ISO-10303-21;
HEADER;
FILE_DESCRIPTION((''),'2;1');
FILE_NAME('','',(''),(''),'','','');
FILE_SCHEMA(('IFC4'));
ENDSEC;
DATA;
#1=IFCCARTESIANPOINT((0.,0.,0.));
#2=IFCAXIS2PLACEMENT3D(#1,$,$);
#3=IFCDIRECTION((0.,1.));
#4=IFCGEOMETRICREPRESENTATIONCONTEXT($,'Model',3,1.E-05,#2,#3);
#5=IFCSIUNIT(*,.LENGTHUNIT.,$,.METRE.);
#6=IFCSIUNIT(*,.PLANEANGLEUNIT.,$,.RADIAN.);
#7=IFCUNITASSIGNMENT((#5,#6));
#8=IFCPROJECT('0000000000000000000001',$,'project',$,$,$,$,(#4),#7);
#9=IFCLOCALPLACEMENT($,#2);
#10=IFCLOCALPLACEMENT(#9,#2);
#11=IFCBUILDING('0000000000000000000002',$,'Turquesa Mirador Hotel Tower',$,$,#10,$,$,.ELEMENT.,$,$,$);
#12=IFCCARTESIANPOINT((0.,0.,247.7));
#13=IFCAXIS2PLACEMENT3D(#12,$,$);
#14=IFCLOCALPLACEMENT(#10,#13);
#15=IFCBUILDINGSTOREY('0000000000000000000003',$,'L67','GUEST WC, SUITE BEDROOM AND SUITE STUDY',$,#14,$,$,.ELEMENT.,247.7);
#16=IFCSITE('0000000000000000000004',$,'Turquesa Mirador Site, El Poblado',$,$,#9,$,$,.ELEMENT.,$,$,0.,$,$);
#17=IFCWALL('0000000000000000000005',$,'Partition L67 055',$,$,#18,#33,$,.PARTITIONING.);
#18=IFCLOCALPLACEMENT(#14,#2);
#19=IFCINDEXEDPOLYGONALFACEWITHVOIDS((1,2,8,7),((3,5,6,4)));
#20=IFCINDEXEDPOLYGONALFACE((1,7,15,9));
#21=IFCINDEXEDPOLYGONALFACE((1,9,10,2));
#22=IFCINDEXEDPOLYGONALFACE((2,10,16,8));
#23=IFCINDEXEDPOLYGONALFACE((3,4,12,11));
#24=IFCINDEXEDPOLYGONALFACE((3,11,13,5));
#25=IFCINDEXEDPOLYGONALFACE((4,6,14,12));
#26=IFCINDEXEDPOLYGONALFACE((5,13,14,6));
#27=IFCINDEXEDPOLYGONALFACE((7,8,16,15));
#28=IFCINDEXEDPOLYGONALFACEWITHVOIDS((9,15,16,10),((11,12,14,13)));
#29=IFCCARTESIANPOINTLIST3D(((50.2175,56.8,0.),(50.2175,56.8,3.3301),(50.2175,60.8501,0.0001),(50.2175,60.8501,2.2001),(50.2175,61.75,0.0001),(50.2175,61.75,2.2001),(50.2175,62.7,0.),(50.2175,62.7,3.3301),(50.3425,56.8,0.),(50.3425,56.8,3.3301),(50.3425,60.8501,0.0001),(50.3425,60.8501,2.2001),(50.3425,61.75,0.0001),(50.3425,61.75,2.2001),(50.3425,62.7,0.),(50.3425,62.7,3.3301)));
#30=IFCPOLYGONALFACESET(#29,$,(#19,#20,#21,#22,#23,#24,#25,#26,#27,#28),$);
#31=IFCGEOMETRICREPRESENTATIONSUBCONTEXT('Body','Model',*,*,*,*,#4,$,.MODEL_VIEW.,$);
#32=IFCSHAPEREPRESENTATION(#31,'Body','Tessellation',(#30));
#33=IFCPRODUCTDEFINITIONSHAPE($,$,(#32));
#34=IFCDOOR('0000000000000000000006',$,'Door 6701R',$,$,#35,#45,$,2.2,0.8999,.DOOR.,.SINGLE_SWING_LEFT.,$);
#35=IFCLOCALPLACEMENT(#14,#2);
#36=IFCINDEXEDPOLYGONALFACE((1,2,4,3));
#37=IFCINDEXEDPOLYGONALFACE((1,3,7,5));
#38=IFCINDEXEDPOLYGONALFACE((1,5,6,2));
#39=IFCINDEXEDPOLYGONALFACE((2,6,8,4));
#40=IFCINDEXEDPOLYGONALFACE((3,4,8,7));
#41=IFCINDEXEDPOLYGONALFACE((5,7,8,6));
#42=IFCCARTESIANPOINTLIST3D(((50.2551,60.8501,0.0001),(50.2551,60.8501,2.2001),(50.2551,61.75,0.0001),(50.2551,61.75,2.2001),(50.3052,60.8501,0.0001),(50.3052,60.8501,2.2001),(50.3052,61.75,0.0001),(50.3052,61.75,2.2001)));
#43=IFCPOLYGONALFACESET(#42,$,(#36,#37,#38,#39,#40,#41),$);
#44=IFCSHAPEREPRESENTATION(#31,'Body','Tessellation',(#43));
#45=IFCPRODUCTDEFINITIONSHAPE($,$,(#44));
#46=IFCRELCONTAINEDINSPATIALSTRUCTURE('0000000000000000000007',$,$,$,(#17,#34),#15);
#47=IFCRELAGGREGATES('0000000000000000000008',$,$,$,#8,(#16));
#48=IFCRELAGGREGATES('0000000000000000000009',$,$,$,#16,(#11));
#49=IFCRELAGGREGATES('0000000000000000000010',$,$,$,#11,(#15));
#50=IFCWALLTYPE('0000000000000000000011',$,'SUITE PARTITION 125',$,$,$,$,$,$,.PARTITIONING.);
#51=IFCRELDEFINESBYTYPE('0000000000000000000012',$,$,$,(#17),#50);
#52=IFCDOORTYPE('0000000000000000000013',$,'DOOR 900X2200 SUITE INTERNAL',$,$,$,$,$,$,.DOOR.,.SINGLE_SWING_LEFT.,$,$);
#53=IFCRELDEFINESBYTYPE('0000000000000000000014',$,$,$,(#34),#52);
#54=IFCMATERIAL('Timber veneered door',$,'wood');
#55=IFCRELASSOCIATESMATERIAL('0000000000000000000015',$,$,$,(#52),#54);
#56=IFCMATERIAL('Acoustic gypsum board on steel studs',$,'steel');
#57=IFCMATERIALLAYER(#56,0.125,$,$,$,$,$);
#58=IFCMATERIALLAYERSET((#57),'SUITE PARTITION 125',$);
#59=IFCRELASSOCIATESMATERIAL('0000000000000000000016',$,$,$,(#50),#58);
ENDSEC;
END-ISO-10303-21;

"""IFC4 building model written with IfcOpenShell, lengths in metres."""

from ifc_helpers import new_model, si_unit, direction, frame, frame_2d, origin, place, context, subcontext, project, spatial, rectangle, extrude, material, layer, layer_set, type_object, element, fill, save


model = new_model("IFC4")

# Units and contexts
model_context = context("Model", 3, precision=1e-05, world=origin(), true_north=direction((0.0, 1.0)))
body_context = subcontext(model_context, "Body", "Model", "MODEL_VIEW")
ifc_project = project(units=[si_unit("LENGTHUNIT", "METRE"), si_unit("PLANEANGLEUNIT", "RADIAN")], contexts=[model_context])

# Site, building, storey
site_placement = place(None, origin())
site = spatial("IfcSite", under=ifc_project, at=site_placement, Name="Turquesa Mirador Site, El Poblado", CompositionType="ELEMENT", RefElevation=0.0)
building_placement = place(site_placement, origin())
building = spatial("IfcBuilding", under=site, at=building_placement, Name="Turquesa Mirador Hotel Tower", CompositionType="ELEMENT")
storey_placement = place(building_placement, frame((0.0, 0.0, 247.7)))
storey = spatial("IfcBuildingStorey", under=building, at=storey_placement, Name="L67", Description="GUEST WC, SUITE BEDROOM AND SUITE STUDY", CompositionType="ELEMENT", Elevation=247.7)

# Shared definitions
ifc_material_1 = material(Name="Timber veneered door", Category="wood")
door_type_1 = type_object("IfcDoorType", Name="DOOR 900X2200 SUITE INTERNAL", OperationType="SINGLE_SWING_LEFT", PredefinedType="DOOR", material=ifc_material_1)

# Wall, opening, door
ifc_material_2 = material(Name="Acoustic gypsum board on steel studs", Category="steel")
ifc_layer_1 = layer(ifc_material_2, 0.125)
ifc_layer_set_1 = layer_set([ifc_layer_1], Name="SUITE PARTITION 125")
wall_type_1 = type_object("IfcWallType", Name="SUITE PARTITION 125", PredefinedType="PARTITIONING", material=ifc_layer_set_1)
wall_1_placement = place(storey_placement, frame((50.28, 56.8, 0.0), z_axis=(0.0, 0.0, 1.0), x_axis=(0.0, 1.0, 0.0)))
wall_1 = element("IfcWall", 1, at=wall_1_placement, inside=storey, type_object=wall_type_1, Name="Partition L67 055", PredefinedType="PARTITIONING", context=body_context, shape_type="SweptSolid", body=[
    extrude(rectangle(XDim=5.8999, YDim=0.125, at=frame_2d((2.95, 0.0))), origin(), (0.0, 0.0, 1.0), 3.3301),
])
opening_1_placement = place(wall_1_placement, frame((4.05, 0.0, 0.0)))
opening_1 = element("IfcOpeningElement", 2, at=opening_1_placement, cuts=wall_1, PredefinedType="OPENING", context=body_context, shape_type="SweptSolid", body=[
    extrude(rectangle(XDim=0.8999, YDim=2.2, at=frame_2d((0.45, 1.1001))), frame((0.0, 0.0725, 0.0), z_axis=(0.0, -1.0, 0.0), x_axis=(1.0, 0.0, 0.0)), (0.0, 0.0, 1.0), 0.145),
])
door_1_placement = place(opening_1_placement, origin())
door_1 = element("IfcDoor", 3, at=door_1_placement, inside=storey, type_object=door_type_1, Name="Door 6701R", OperationType="SINGLE_SWING_LEFT", OverallHeight=2.2, OverallWidth=0.8999, PredefinedType="DOOR", context=body_context, shape_type="SweptSolid", body=[
    extrude(rectangle(XDim=0.8999, YDim=2.2, at=frame_2d((0.45, 1.1001))), frame((0.0, 0.0249, 0.0), z_axis=(0.0, -1.0, 0.0), x_axis=(1.0, 0.0, 0.0)), (0.0, 0.0, 1.0), 0.05),
])
fill(opening_1, door_1)

save(model, "model.ifc")
